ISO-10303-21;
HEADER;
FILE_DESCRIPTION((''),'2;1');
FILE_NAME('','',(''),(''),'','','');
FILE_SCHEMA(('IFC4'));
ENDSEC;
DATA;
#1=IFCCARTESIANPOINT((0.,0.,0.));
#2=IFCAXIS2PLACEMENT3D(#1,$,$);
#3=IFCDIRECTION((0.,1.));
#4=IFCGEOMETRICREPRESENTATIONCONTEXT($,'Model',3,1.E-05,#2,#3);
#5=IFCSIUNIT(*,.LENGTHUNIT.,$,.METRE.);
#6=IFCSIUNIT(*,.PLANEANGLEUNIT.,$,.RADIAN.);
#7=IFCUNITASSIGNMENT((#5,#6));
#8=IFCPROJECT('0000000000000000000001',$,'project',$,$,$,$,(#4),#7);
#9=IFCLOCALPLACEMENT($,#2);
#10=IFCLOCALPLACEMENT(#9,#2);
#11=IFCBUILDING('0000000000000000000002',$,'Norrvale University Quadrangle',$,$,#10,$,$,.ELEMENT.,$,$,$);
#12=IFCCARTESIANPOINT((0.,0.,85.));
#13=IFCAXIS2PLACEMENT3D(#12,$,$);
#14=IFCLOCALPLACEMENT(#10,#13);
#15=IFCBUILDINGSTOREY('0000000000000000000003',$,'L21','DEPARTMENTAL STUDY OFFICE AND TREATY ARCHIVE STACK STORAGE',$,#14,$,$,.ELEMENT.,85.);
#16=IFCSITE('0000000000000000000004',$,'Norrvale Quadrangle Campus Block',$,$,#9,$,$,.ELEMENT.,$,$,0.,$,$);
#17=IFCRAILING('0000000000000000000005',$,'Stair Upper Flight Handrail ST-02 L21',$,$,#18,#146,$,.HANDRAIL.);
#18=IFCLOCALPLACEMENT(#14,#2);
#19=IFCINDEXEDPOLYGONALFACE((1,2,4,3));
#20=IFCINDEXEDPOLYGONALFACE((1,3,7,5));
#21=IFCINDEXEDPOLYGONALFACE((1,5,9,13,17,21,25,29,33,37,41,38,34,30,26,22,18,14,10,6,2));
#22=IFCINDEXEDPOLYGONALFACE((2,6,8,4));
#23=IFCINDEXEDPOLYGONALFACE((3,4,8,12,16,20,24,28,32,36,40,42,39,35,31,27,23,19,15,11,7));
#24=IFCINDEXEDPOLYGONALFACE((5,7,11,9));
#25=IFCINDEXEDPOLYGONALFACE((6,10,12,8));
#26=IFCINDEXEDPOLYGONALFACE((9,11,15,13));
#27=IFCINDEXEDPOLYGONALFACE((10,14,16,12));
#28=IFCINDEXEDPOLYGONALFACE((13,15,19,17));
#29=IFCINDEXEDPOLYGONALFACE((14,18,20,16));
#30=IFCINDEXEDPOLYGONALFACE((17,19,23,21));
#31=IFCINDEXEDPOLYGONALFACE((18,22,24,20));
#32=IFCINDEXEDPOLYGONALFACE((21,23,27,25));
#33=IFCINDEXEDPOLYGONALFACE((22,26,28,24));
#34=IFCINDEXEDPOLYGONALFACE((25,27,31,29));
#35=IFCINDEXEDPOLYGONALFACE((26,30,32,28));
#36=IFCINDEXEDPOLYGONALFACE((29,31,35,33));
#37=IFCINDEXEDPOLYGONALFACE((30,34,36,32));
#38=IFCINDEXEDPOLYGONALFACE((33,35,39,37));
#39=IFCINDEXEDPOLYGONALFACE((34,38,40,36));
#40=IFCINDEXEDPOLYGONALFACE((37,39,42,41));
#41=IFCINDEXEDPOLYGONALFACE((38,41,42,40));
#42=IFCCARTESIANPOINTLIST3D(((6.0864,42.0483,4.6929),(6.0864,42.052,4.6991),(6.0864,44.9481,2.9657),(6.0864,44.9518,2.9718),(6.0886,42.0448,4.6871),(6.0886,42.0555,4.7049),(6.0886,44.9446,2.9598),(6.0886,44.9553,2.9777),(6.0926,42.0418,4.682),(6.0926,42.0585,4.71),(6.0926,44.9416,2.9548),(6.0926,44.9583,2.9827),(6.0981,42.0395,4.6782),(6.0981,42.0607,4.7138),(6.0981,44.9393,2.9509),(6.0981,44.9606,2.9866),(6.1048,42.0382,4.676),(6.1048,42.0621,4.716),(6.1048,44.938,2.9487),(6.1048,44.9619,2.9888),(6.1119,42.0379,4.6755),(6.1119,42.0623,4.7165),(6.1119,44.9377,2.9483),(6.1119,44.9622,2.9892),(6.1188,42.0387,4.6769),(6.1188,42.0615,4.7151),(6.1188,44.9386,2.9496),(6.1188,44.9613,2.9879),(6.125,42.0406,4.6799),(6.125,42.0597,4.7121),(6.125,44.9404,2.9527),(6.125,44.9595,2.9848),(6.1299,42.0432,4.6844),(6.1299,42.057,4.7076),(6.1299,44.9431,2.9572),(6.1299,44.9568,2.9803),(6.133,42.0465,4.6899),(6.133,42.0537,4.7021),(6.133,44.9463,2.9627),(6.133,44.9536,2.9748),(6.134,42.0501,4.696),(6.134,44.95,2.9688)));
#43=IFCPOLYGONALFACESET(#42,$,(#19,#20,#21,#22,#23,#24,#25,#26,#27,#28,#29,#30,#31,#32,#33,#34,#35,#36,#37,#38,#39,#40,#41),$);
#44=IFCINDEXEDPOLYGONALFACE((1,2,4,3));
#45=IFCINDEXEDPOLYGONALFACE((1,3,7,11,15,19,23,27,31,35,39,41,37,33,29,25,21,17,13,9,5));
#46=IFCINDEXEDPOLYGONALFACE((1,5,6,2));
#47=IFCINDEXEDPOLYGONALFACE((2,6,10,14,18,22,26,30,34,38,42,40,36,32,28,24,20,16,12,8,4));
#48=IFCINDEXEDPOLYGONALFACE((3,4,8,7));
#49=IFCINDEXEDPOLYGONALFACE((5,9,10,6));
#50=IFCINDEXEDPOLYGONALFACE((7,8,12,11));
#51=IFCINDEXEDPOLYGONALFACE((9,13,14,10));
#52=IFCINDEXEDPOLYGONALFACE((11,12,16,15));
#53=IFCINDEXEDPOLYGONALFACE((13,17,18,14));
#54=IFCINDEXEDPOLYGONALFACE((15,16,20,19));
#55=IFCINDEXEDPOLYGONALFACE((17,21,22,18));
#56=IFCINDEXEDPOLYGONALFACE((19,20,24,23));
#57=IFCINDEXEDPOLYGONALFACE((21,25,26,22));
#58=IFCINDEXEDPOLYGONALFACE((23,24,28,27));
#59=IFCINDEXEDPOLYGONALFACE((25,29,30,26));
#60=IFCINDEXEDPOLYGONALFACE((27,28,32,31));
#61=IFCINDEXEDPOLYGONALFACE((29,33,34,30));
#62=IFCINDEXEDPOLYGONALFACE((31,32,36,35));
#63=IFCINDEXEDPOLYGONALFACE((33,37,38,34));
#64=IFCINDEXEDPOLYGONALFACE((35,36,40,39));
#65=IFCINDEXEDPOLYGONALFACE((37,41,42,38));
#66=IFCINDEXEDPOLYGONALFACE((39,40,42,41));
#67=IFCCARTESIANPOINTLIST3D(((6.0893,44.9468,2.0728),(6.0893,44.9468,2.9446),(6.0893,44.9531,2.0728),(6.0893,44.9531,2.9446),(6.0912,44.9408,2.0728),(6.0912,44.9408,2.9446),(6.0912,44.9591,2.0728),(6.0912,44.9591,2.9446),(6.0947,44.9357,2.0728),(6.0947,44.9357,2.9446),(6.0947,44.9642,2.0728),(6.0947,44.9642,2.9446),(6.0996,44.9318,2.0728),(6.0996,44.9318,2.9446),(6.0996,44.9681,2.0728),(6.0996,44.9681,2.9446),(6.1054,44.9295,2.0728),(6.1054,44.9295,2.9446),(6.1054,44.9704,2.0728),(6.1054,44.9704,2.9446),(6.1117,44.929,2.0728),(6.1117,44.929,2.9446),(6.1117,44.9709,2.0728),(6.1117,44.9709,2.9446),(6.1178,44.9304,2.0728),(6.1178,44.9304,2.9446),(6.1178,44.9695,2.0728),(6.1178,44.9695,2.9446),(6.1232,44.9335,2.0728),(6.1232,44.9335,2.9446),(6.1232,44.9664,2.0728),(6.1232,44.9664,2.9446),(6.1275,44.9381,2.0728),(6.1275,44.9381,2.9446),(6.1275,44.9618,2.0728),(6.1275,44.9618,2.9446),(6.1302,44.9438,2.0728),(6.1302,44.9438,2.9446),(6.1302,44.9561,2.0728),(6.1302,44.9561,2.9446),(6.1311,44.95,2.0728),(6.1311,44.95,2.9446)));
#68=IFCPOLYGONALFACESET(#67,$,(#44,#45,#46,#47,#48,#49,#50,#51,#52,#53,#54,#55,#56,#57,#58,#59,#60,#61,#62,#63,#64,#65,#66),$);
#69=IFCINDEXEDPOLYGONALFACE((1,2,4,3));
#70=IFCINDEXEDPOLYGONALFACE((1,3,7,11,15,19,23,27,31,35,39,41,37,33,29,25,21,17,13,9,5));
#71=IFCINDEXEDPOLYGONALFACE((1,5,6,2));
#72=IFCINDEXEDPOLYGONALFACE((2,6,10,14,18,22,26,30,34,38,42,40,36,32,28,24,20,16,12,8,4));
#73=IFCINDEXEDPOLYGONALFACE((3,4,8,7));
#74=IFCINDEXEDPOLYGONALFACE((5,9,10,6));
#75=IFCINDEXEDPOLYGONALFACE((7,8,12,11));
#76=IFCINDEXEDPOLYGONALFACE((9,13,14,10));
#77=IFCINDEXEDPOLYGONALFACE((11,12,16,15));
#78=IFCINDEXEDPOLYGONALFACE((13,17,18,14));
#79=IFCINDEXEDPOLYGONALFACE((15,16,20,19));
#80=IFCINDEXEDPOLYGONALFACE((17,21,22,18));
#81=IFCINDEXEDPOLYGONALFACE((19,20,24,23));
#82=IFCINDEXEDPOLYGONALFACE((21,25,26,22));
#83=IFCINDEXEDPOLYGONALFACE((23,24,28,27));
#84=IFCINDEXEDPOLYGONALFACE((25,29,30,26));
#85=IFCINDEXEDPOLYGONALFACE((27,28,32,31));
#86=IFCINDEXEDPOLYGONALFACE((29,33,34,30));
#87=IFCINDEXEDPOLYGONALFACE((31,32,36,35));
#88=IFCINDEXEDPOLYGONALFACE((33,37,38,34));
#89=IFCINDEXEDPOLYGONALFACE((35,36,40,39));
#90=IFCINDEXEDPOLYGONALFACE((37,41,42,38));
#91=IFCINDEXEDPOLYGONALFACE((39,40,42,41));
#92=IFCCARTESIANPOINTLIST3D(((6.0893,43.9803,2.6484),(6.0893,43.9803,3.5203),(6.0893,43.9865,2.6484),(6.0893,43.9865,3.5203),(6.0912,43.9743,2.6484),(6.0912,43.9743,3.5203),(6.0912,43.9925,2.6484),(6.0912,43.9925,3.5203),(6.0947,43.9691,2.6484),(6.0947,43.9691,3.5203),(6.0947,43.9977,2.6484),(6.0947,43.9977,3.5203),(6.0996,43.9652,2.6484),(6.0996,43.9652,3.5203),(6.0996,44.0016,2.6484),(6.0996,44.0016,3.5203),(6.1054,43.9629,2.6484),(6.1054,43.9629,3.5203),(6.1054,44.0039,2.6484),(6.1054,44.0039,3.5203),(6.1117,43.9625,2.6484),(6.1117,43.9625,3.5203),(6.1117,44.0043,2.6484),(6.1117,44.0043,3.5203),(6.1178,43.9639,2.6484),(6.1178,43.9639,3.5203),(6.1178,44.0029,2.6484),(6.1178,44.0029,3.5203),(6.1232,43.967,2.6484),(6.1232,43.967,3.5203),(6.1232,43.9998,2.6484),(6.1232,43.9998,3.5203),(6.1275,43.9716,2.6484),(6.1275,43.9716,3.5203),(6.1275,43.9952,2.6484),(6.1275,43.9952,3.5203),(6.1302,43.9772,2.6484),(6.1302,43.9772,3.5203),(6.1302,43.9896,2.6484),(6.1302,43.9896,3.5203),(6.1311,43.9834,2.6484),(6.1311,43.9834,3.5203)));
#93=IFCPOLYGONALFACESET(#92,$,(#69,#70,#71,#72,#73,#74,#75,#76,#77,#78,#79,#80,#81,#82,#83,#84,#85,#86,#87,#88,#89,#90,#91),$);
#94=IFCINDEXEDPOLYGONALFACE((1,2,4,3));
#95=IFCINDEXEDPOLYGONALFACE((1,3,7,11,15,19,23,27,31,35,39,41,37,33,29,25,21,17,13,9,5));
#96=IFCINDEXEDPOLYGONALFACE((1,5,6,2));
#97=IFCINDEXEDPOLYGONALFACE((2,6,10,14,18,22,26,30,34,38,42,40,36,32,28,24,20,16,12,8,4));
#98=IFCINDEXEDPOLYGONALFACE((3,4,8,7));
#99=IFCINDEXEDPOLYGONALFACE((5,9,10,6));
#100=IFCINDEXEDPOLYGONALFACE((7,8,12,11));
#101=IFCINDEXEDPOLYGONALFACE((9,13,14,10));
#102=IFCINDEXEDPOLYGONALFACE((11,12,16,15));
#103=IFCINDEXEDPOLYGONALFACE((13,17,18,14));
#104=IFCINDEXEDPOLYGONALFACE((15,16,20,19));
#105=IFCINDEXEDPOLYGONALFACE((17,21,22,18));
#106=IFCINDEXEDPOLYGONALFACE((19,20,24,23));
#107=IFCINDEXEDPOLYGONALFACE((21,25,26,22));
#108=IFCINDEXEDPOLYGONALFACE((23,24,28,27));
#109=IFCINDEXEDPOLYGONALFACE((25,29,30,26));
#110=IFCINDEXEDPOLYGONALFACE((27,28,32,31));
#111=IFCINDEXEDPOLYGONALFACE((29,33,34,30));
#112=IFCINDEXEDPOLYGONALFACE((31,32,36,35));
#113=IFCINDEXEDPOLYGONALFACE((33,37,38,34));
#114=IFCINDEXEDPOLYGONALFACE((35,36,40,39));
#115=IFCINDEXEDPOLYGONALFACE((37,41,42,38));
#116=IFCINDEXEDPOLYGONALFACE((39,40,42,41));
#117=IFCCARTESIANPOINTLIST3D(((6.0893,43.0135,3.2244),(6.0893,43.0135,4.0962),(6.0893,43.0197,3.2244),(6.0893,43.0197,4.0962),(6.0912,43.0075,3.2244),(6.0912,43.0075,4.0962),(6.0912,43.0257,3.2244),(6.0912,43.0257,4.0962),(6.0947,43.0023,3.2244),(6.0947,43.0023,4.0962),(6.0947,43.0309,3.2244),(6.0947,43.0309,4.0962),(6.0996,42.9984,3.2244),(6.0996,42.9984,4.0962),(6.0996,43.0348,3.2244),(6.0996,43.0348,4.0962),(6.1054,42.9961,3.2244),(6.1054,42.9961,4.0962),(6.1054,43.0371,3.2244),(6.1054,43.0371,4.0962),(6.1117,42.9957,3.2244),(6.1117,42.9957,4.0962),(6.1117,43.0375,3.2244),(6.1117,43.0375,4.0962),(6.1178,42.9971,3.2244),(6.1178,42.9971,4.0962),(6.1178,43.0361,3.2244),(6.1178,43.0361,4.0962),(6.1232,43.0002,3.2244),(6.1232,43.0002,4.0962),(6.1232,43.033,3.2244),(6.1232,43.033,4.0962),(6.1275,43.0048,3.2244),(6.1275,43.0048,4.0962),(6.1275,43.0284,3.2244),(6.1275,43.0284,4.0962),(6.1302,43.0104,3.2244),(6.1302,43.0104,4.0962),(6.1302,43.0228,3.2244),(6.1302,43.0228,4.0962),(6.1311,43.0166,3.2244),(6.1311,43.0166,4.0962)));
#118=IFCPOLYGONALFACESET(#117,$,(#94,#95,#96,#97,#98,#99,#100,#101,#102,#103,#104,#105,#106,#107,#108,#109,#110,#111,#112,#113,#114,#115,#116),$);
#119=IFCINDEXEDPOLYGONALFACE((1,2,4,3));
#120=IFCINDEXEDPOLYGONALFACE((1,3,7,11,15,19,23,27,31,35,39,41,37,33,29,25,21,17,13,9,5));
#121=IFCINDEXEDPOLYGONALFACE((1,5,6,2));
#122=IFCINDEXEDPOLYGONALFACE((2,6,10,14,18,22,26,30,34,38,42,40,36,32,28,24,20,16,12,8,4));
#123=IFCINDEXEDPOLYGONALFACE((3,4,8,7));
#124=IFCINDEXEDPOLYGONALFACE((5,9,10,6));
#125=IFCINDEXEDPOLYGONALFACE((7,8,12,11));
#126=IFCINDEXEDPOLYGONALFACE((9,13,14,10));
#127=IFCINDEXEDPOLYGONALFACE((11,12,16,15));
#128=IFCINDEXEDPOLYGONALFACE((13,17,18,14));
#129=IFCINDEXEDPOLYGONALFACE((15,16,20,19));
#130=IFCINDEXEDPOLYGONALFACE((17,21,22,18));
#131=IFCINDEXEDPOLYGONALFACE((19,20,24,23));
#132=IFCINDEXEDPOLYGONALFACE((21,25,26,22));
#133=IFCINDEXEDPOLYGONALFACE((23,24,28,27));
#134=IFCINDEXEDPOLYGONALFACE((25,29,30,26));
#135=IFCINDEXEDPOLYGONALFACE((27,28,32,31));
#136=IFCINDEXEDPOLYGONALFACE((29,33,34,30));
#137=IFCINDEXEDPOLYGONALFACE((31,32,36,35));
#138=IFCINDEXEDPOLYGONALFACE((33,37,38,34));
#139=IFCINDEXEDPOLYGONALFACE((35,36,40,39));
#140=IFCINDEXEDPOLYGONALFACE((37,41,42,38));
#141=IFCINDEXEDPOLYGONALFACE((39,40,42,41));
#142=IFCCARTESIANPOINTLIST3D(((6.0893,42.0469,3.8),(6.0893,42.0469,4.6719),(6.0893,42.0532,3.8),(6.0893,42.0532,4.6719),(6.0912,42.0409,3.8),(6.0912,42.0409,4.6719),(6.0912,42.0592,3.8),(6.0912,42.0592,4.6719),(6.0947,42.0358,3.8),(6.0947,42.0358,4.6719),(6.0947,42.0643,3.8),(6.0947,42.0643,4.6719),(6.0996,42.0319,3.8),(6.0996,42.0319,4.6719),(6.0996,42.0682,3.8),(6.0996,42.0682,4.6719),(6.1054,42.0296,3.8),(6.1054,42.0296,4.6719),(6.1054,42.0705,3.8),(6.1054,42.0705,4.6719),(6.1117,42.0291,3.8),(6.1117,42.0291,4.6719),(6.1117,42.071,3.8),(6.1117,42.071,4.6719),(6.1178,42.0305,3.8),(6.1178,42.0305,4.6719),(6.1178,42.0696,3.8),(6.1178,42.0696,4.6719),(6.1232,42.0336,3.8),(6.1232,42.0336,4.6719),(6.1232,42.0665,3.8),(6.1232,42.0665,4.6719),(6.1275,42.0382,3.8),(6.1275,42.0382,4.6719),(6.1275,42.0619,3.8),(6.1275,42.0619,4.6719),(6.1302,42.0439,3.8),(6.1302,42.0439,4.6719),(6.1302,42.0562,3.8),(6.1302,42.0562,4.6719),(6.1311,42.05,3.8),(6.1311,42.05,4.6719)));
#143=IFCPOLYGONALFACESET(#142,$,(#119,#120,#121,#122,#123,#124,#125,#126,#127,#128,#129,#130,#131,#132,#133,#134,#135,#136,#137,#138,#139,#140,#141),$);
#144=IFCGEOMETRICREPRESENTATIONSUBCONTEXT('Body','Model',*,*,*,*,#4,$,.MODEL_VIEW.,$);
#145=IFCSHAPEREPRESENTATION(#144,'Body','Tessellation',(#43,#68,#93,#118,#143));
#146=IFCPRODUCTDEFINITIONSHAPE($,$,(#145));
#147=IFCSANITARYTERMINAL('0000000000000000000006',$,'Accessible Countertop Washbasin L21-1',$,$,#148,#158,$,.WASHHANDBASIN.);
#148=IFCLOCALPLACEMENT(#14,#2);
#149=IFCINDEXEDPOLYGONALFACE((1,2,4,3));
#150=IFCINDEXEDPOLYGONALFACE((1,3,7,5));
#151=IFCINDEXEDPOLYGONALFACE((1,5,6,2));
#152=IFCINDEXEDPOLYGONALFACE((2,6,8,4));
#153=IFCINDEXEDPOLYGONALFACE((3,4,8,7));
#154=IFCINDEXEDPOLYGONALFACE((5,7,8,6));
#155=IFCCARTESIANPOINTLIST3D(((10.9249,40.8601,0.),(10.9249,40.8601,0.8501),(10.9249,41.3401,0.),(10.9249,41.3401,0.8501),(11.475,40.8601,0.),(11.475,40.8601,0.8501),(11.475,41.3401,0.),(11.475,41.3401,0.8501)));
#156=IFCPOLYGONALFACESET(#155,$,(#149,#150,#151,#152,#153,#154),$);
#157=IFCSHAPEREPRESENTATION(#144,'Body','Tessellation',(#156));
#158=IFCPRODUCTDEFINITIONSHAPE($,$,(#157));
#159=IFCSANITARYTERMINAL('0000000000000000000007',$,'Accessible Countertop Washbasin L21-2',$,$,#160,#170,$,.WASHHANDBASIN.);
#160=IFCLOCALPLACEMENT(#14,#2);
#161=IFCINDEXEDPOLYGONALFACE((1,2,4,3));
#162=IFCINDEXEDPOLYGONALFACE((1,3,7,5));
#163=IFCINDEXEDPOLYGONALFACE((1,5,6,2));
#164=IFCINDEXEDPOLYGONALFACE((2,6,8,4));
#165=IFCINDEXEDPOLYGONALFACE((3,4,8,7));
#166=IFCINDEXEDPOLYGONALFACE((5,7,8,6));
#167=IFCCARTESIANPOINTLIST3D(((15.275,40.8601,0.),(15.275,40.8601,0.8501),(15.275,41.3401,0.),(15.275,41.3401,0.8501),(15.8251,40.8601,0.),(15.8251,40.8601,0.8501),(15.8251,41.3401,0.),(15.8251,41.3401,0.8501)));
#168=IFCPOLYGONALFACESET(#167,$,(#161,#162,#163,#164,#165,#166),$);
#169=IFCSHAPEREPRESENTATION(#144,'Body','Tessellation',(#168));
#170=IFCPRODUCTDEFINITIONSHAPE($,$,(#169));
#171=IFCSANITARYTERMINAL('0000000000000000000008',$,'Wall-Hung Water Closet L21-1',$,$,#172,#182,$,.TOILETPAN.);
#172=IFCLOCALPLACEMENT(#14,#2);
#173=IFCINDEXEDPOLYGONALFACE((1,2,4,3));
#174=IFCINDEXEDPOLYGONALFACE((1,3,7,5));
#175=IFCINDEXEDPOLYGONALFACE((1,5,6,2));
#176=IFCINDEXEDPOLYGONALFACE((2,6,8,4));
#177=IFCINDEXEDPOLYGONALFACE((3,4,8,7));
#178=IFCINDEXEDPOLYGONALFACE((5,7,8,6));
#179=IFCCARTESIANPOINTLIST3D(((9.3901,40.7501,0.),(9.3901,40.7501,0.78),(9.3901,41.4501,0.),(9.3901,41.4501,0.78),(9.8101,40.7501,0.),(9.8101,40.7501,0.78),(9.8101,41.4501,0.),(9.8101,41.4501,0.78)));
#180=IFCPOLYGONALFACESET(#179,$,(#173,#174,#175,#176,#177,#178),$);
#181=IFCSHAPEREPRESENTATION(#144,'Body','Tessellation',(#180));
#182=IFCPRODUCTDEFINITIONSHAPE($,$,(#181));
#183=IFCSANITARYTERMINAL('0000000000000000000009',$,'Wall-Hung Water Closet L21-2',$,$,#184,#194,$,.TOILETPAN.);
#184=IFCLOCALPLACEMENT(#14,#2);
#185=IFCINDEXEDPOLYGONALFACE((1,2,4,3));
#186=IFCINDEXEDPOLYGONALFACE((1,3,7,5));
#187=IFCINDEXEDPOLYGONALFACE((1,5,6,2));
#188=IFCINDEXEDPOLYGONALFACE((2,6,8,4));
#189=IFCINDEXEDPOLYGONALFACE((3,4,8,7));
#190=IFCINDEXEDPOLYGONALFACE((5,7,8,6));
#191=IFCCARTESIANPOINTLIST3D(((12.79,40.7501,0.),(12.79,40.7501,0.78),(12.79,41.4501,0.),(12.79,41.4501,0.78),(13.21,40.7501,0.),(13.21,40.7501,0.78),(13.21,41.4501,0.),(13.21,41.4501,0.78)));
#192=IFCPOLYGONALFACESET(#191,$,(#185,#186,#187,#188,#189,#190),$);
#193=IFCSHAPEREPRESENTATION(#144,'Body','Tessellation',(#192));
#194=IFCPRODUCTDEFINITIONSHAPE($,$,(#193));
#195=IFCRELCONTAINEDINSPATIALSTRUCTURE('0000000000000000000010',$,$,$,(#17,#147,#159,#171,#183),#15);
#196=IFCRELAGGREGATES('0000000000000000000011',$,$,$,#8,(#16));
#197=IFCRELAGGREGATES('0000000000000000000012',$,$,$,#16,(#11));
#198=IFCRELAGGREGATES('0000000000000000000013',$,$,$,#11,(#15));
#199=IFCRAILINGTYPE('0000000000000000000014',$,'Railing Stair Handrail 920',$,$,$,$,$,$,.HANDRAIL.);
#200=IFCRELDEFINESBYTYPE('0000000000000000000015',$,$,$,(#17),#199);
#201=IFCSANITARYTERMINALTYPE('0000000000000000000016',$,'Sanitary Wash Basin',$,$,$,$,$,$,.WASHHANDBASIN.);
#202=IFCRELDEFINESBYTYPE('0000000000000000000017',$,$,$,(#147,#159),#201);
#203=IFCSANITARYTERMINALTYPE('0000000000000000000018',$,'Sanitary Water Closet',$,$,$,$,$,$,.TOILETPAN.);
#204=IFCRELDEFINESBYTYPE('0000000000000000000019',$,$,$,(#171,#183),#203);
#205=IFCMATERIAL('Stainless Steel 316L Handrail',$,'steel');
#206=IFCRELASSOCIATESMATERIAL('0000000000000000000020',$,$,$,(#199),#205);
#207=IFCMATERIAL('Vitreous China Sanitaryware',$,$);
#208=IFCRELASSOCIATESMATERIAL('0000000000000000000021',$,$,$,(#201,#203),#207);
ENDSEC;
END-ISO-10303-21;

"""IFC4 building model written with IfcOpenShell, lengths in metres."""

from ifc_helpers import new_model, si_unit, direction, frame, origin, origin_2d, place, context, subcontext, project, spatial, rectangle, circle, extrude, material, type_object, element, save


model = new_model("IFC4")

# Units and contexts
model_context = context("Model", 3, precision=1e-05, world=origin(), true_north=direction((0.0, 1.0)))
body_context = subcontext(model_context, "Body", "Model", "MODEL_VIEW")
ifc_project = project(units=[si_unit("LENGTHUNIT", "METRE"), si_unit("PLANEANGLEUNIT", "RADIAN")], contexts=[model_context])

# Site, building, storey
site_placement = place(None, origin())
site = spatial("IfcSite", under=ifc_project, at=site_placement, Name="Norrvale Quadrangle Campus Block", CompositionType="ELEMENT", RefElevation=0.0)
building_placement = place(site_placement, origin())
building = spatial("IfcBuilding", under=site, at=building_placement, Name="Norrvale University Quadrangle", CompositionType="ELEMENT")
storey_placement = place(building_placement, frame((0.0, 0.0, 85.0)))
storey = spatial("IfcBuildingStorey", under=building, at=storey_placement, Name="L21", Description="DEPARTMENTAL STUDY OFFICE AND TREATY ARCHIVE STACK STORAGE", CompositionType="ELEMENT", Elevation=85.0)

# Railing
ifc_material_1 = material(Name="Stainless Steel 316L Handrail", Category="steel")
railing_type_1 = type_object("IfcRailingType", Name="Railing Stair Handrail 920", PredefinedType="HANDRAIL", material=ifc_material_1)
railing_1_placement = place(storey_placement, frame((6.1101, 44.95, 2.0728)))
element("IfcRailing", 1, at=railing_1_placement, inside=storey, type_object=railing_type_1, Name="Stair Upper Flight Handrail ST-02 L21", PredefinedType="HANDRAIL", context=body_context, shape_type="SweptSolid", body=[
    extrude(circle(Radius=0.0239, at=origin_2d()), frame((0.0, 0.0, 0.896), z_axis=(0.0, -0.859141, 0.511738), x_axis=(1.0, 0.0, 0.0)), (0.0, 0.0, 1.0), 3.3752),
    extrude(circle(Radius=0.021, at=origin_2d()), origin(), (0.0, 0.0, 1.0), 0.8718),
    extrude(circle(Radius=0.021, at=origin_2d()), frame((0.0, -0.9666, 0.5757)), (0.0, 0.0, 1.0), 0.8718),
    extrude(circle(Radius=0.021, at=origin_2d()), frame((0.0, -1.9333, 1.1516)), (0.0, 0.0, 1.0), 0.8718),
    extrude(circle(Radius=0.021, at=origin_2d()), frame((0.0, -2.8999, 1.7273)), (0.0, 0.0, 1.0), 0.8718),
])

# Sanitary terminals
ifc_material_2 = material(Name="Vitreous China Sanitaryware")
sanitary_terminal_type_1 = type_object("IfcSanitaryTerminalType", Name="Sanitary Wash Basin", PredefinedType="WASHHANDBASIN", material=ifc_material_2)
for number, where, z_axis, x_axis, name in (
    (2, (11.2, 41.1001, 0.0), (0.0, 0.0, 1.0), (1.0, 0.0, 0.0), "Accessible Countertop Washbasin L21-1"),
    (3, (15.55, 41.1001, 0.0), (0.0, 0.0, 1.0), (1.0, 0.0, 0.0), "Accessible Countertop Washbasin L21-2"),
):
    element("IfcSanitaryTerminal", number, at=place(storey_placement, frame(where, z_axis=z_axis, x_axis=x_axis)), inside=storey, type_object=sanitary_terminal_type_1, Name=name, PredefinedType="WASHHANDBASIN", context=body_context, shape_type="SweptSolid", body=[
        extrude(rectangle(XDim=0.55, YDim=0.48, at=origin_2d()), origin(), (0.0, 0.0, 1.0), 0.8501),
    ])
sanitary_terminal_type_2 = type_object("IfcSanitaryTerminalType", Name="Sanitary Water Closet", PredefinedType="TOILETPAN", material=ifc_material_2)
for number, where, z_axis, x_axis, name in (
    (4, (9.6001, 41.1001, 0.0), (0.0, 0.0, 1.0), (1.0, 0.0, 0.0), "Wall-Hung Water Closet L21-1"),
    (5, (13.0, 41.1001, 0.0), (0.0, 0.0, 1.0), (1.0, 0.0, 0.0), "Wall-Hung Water Closet L21-2"),
):
    element("IfcSanitaryTerminal", number, at=place(storey_placement, frame(where, z_axis=z_axis, x_axis=x_axis)), inside=storey, type_object=sanitary_terminal_type_2, Name=name, PredefinedType="TOILETPAN", context=body_context, shape_type="SweptSolid", body=[
        extrude(rectangle(XDim=0.4199, YDim=0.7, at=origin_2d()), origin(), (0.0, 0.0, 1.0), 0.78),
    ])

save(model, "model.ifc")
